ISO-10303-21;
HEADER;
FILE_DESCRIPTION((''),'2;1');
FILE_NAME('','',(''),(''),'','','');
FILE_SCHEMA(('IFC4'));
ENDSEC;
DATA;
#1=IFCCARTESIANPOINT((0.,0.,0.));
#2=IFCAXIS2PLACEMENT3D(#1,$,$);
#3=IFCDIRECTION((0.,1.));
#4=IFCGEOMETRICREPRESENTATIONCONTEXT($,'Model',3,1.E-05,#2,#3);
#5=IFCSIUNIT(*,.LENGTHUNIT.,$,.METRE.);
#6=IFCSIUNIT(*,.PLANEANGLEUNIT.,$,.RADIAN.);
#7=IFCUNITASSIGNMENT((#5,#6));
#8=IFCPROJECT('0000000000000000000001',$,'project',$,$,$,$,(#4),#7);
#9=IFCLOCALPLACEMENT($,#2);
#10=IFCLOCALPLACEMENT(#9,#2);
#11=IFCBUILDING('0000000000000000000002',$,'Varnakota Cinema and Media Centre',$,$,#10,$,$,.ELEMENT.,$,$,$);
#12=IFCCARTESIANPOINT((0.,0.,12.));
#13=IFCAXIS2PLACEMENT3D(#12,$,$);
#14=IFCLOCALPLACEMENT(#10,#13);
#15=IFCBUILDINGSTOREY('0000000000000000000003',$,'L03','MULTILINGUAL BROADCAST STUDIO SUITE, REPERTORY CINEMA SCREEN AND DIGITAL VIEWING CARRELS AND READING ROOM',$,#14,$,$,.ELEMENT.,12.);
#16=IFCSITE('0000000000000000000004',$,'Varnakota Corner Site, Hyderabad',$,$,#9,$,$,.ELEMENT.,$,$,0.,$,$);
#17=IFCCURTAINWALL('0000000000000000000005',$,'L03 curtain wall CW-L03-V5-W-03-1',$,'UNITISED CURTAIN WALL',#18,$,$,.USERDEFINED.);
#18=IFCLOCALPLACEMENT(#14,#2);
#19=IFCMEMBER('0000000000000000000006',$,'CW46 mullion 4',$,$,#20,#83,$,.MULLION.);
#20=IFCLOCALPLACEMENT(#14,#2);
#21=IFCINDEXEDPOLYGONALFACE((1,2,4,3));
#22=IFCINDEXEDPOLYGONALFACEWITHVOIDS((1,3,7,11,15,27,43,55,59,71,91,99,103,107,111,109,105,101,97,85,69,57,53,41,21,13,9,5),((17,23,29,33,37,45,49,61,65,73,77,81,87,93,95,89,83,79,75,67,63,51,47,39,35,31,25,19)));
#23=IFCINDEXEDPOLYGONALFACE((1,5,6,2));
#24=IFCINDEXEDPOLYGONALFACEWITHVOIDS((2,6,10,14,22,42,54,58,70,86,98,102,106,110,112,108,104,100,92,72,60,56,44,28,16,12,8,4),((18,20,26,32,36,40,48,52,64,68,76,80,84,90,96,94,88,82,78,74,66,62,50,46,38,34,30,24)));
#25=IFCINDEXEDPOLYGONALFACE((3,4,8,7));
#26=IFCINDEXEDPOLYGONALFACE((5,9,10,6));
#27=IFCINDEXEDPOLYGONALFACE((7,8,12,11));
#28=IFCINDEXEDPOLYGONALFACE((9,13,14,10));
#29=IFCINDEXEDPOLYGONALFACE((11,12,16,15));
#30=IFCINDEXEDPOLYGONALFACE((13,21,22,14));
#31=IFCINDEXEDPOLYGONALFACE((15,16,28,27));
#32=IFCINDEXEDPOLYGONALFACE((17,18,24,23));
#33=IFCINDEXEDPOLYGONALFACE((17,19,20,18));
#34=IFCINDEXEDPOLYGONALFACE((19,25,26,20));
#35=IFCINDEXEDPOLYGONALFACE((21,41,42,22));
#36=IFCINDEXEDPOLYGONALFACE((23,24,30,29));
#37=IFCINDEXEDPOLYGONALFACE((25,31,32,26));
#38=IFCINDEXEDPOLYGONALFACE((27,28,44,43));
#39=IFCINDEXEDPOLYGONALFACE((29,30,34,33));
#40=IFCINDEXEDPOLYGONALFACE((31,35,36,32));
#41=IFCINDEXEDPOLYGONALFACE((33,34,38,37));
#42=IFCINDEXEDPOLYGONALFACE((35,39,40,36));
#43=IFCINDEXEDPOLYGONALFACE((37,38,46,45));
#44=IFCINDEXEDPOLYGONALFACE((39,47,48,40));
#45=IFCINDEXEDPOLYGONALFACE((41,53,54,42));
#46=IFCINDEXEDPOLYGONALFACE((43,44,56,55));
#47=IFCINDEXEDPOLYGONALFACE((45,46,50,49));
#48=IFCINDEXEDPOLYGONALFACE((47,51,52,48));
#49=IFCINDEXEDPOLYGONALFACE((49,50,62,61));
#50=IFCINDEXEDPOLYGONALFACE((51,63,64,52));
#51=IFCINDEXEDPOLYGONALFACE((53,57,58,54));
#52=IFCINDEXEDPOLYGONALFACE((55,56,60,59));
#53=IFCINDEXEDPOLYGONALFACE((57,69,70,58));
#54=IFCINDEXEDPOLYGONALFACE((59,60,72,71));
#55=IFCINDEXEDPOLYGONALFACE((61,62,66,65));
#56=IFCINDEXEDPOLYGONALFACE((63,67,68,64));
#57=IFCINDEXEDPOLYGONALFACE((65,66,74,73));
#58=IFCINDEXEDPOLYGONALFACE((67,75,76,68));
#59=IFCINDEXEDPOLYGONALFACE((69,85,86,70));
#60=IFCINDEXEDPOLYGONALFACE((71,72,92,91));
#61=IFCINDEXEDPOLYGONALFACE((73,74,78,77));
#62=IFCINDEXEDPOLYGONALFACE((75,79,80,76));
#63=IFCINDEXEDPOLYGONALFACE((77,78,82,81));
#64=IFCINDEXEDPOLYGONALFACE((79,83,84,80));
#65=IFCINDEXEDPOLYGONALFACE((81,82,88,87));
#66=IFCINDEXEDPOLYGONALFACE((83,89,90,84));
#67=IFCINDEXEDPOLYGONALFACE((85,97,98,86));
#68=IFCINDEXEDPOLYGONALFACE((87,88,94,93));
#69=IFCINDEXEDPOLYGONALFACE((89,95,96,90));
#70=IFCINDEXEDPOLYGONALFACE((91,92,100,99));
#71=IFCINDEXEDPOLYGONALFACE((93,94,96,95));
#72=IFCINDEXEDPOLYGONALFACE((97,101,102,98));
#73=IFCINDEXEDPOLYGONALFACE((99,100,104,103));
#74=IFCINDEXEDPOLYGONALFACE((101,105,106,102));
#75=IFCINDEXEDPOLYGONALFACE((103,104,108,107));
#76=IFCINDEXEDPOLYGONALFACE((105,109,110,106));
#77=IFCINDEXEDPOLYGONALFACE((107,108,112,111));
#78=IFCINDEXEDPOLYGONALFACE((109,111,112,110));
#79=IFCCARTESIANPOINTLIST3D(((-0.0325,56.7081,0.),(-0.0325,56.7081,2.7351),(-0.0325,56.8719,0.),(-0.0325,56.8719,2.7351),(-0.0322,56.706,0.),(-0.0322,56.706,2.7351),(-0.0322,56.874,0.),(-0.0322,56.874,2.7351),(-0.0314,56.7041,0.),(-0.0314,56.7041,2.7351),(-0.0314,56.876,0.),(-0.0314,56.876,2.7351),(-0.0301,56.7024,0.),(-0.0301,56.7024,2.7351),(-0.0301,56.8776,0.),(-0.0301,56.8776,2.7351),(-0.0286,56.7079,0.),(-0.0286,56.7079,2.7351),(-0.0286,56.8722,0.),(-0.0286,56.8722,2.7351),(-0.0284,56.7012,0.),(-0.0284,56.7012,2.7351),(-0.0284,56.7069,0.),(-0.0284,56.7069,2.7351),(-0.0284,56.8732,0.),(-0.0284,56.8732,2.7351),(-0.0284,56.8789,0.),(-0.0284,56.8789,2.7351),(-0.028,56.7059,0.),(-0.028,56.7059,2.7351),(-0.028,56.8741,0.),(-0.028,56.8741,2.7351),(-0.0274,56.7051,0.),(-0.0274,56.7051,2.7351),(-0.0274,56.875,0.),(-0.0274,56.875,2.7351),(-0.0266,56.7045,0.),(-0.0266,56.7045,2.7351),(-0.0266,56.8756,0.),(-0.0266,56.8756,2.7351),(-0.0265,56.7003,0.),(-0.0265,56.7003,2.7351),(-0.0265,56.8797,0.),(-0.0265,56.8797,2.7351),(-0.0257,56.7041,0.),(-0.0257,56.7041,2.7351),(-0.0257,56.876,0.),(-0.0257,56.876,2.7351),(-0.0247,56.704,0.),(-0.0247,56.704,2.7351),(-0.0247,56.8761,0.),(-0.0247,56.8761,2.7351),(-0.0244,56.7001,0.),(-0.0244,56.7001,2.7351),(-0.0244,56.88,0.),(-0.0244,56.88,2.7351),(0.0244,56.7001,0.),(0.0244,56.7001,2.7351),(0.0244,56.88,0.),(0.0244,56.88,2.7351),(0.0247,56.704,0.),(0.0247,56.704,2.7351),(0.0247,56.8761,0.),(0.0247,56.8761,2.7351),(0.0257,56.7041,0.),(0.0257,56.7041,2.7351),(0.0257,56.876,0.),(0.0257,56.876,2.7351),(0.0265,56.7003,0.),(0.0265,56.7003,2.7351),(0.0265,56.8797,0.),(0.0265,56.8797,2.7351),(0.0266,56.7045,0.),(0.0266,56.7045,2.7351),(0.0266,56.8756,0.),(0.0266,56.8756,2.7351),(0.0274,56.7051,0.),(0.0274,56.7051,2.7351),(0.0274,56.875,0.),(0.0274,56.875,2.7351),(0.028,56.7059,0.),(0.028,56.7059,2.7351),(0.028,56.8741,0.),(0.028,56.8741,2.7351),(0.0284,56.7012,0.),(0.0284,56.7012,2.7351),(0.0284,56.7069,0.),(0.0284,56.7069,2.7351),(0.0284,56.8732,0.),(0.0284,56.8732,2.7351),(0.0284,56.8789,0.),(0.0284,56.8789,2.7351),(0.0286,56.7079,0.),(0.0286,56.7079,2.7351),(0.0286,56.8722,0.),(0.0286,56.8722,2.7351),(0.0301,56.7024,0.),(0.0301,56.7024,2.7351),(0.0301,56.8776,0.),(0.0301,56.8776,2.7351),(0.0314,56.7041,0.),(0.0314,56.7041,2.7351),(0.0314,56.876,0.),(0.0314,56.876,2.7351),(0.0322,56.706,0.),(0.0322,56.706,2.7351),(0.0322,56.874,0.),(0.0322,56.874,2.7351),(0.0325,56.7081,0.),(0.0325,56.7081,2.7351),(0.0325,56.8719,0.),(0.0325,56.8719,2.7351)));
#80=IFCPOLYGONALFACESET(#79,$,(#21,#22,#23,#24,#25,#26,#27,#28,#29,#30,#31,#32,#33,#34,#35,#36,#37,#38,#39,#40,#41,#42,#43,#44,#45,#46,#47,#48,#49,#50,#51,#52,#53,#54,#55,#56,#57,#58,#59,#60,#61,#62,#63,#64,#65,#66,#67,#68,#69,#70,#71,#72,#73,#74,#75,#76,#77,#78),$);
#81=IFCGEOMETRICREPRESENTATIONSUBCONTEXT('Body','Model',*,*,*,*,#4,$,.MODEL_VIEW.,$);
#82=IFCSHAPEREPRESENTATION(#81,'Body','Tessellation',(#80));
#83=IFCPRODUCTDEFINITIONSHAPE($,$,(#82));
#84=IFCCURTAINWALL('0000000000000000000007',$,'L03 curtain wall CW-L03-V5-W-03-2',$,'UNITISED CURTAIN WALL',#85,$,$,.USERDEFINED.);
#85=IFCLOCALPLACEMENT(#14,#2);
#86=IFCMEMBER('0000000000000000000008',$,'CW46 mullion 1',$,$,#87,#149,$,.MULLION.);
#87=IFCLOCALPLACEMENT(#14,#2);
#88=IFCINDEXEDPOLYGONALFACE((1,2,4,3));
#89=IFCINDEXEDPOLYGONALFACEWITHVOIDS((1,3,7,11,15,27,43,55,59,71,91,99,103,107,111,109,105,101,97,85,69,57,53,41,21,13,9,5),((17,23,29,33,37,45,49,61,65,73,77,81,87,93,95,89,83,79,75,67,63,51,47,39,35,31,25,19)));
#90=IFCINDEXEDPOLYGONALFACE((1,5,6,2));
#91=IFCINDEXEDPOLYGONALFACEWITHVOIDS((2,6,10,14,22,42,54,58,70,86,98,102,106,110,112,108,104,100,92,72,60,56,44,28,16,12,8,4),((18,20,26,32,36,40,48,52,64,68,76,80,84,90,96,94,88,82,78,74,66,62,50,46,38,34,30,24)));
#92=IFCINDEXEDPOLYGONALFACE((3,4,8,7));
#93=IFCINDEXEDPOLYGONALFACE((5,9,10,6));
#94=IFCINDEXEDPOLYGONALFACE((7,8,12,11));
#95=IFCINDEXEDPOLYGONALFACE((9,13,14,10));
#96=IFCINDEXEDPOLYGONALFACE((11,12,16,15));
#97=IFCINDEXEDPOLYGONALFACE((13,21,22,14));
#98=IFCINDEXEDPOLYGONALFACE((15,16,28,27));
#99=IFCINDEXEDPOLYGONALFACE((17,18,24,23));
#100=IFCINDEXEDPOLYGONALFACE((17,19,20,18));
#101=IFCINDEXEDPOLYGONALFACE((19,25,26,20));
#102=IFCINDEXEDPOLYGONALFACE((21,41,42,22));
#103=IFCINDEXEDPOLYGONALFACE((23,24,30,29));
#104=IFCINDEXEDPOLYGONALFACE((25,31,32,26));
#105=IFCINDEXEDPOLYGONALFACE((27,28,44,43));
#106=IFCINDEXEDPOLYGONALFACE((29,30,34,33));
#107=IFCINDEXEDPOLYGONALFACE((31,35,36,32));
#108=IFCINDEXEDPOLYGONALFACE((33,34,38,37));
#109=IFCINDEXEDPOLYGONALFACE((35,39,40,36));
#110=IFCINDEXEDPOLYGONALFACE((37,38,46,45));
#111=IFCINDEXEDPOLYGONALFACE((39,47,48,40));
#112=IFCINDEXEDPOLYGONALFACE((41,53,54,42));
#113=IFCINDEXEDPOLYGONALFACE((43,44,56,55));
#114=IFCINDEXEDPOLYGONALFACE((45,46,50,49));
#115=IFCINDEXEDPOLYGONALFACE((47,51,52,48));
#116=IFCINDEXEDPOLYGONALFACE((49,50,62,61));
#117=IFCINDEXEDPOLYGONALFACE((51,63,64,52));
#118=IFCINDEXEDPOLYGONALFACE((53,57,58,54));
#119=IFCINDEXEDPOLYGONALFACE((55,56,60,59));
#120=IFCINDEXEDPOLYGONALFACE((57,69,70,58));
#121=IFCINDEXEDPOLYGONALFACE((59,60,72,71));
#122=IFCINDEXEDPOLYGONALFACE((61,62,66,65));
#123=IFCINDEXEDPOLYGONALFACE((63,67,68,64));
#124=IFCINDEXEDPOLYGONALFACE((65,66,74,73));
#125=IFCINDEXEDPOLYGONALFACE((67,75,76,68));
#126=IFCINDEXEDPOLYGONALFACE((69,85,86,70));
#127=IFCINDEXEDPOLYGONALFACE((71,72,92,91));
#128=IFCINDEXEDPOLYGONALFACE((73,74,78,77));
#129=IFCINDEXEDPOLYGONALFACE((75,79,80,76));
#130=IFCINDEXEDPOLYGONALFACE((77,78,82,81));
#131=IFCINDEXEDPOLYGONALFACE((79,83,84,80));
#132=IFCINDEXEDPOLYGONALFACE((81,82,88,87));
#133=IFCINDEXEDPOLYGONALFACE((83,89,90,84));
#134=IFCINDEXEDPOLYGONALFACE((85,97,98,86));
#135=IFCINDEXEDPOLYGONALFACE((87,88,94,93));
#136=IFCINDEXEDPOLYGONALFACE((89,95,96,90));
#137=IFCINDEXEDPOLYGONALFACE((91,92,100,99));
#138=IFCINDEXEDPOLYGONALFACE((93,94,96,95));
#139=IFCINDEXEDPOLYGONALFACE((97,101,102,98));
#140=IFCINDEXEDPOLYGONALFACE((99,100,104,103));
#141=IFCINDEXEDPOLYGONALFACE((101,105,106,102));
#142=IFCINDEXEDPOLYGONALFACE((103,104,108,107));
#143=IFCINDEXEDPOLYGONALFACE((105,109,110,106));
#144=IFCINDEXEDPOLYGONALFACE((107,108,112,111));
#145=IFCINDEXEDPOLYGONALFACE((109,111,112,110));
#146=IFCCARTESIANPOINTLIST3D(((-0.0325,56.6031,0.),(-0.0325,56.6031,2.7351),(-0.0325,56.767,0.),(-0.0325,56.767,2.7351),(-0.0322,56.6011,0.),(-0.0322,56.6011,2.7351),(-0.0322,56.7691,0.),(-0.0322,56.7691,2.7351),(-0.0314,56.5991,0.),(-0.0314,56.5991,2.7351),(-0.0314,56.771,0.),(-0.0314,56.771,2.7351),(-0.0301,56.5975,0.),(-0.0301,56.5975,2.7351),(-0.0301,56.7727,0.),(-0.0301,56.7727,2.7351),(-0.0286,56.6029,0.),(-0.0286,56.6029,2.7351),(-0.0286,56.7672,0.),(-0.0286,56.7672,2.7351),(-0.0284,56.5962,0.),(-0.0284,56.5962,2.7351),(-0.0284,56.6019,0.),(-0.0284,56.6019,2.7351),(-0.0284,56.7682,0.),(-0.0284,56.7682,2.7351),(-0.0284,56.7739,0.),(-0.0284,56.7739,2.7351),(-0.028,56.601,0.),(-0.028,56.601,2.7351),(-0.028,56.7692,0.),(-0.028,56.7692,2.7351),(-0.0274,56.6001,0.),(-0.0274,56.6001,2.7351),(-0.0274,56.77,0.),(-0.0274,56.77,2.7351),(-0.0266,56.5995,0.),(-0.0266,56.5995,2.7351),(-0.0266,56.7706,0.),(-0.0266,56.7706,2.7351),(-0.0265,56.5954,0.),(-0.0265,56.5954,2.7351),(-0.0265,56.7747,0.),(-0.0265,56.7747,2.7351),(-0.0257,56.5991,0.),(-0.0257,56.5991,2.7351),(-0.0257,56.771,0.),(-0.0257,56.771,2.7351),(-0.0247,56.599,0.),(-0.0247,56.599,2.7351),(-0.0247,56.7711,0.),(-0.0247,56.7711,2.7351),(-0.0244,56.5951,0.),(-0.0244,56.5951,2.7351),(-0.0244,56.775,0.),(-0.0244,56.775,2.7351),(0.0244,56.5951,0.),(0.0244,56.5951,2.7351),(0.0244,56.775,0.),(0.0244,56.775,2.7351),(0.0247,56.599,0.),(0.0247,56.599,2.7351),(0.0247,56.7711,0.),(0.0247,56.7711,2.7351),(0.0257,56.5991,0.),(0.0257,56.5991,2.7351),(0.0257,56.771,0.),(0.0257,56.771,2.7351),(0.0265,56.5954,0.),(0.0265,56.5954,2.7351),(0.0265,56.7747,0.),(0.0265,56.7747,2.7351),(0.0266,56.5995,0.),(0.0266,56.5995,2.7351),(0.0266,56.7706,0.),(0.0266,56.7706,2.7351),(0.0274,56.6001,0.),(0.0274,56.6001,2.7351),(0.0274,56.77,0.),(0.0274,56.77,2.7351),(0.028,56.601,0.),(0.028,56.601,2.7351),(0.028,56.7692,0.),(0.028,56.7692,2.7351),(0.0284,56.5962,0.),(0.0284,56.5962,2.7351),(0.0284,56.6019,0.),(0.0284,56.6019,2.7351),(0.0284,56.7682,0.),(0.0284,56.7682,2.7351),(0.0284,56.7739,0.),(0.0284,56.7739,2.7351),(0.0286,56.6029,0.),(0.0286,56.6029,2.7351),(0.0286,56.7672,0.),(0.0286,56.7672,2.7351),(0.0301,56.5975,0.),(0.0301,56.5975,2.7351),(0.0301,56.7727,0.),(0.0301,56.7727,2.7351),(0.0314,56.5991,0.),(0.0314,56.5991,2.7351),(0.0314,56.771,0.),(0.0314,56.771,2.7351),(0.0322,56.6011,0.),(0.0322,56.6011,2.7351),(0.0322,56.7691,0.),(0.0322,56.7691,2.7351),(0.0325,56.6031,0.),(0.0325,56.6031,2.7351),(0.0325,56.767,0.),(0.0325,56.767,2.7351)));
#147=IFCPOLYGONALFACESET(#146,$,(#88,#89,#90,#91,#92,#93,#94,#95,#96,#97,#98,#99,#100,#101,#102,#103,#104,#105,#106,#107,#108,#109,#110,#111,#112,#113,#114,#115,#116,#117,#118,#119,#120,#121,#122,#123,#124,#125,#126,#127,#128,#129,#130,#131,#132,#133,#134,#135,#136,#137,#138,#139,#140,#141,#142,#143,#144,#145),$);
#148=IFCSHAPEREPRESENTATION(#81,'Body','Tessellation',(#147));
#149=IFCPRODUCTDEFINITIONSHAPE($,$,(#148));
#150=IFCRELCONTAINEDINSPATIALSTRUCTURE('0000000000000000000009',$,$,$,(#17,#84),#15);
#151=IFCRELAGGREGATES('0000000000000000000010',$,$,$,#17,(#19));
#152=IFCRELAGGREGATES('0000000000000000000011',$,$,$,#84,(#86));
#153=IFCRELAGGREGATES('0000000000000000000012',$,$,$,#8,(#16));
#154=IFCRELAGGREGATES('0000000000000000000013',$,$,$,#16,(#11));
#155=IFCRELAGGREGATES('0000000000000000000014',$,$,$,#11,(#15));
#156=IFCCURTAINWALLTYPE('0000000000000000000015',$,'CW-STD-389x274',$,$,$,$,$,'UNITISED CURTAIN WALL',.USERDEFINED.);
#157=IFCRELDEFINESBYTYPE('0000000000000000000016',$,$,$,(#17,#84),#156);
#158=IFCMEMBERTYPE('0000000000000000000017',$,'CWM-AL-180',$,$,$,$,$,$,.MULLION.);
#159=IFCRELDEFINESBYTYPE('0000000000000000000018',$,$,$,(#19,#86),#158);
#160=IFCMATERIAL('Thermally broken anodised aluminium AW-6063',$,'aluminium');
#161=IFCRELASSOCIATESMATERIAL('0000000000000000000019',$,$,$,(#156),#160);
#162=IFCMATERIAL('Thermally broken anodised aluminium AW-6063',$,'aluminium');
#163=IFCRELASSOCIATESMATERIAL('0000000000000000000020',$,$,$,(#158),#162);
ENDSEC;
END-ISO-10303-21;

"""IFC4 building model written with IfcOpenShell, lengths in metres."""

from ifc_helpers import new_model, si_unit, direction, frame, origin, origin_2d, place, context, subcontext, project, spatial, hollow_rectangle, extrude, material, material_profile, profile_set, type_object, element, aggregate, save


model = new_model("IFC4")

# Units and contexts
model_context = context("Model", 3, precision=1e-05, world=origin(), true_north=direction((0.0, 1.0)))
body_context = subcontext(model_context, "Body", "Model", "MODEL_VIEW")
ifc_project = project(units=[si_unit("LENGTHUNIT", "METRE"), si_unit("PLANEANGLEUNIT", "RADIAN")], contexts=[model_context])

# Site, building, storey
site_placement = place(None, origin())
site = spatial("IfcSite", under=ifc_project, at=site_placement, Name="Varnakota Corner Site, Hyderabad", CompositionType="ELEMENT", RefElevation=0.0)
building_placement = place(site_placement, origin())
building = spatial("IfcBuilding", under=site, at=building_placement, Name="Varnakota Cinema and Media Centre", CompositionType="ELEMENT")
storey_placement = place(building_placement, frame((0.0, 0.0, 12.0)))
storey = spatial("IfcBuildingStorey", under=building, at=storey_placement, Name="L03", Description="MULTILINGUAL BROADCAST STUDIO SUITE, REPERTORY CINEMA SCREEN AND DIGITAL VIEWING CARRELS AND READING ROOM", CompositionType="ELEMENT", Elevation=12.0)

# Curtain wall, member
ifc_material_1 = material(Name="Thermally broken anodised aluminium AW-6063", Category="aluminium")
curtain_wall_type = type_object("IfcCurtainWallType", Name="CW-STD-389x274", ElementType="UNITISED CURTAIN WALL", PredefinedType="USERDEFINED", material=ifc_material_1)
curtain_wall_1_placement = place(storey_placement, origin())
curtain_wall_1 = element("IfcCurtainWall", 1, at=curtain_wall_1_placement, inside=storey, type_object=curtain_wall_type, Name="L03 curtain wall CW-L03-V5-W-03-1", ObjectType="UNITISED CURTAIN WALL", PredefinedType="USERDEFINED")
ifc_material_2 = material(Name="Thermally broken anodised aluminium AW-6063", Category="aluminium")
ifc_material_profile_1 = material_profile(ifc_material_2, hollow_rectangle(XDim=0.0649, YDim=0.1799, WallThickness=0.0039, InnerFilletRadius=0.0039, OuterFilletRadius=0.0081, at=origin_2d()), Name="AL-MULLION 180x65x4")
ifc_profile_set_1 = profile_set([ifc_material_profile_1], Name="Thermally broken anodised aluminium AW-6063")
member_type_1 = type_object("IfcMemberType", Name="CWM-AL-180", PredefinedType="MULLION", material=ifc_profile_set_1)
member_1_placement = place(storey_placement, frame((0.0, 56.79, 0.0), z_axis=(0.0, 0.0, 1.0), x_axis=(1.0, 0.0, 0.0)))
member_1 = element("IfcMember", 2, at=member_1_placement, type_object=member_type_1, Name="CW46 mullion 4", PredefinedType="MULLION", context=body_context, shape_type="SweptSolid", body=[
    extrude(hollow_rectangle(XDim=0.0649, YDim=0.1799, WallThickness=0.0039, InnerFilletRadius=0.0039, OuterFilletRadius=0.0081, at=origin_2d()), origin(), (0.0, 0.0, 1.0), 2.7351),
])

# Curtain wall, member
curtain_wall_2_placement = place(storey_placement, origin())
curtain_wall_2 = element("IfcCurtainWall", 3, at=curtain_wall_2_placement, inside=storey, type_object=curtain_wall_type, Name="L03 curtain wall CW-L03-V5-W-03-2", ObjectType="UNITISED CURTAIN WALL", PredefinedType="USERDEFINED")
member_2_placement = place(storey_placement, frame((0.0, 56.6851, 0.0), z_axis=(0.0, 0.0, 1.0), x_axis=(1.0, 0.0, 0.0)))
member_2 = element("IfcMember", 4, at=member_2_placement, type_object=member_type_1, Name="CW46 mullion 1", PredefinedType="MULLION", context=body_context, shape_type="SweptSolid", body=[
    extrude(hollow_rectangle(XDim=0.0649, YDim=0.1799, WallThickness=0.0039, InnerFilletRadius=0.0039, OuterFilletRadius=0.0081, at=origin_2d()), origin(), (0.0, 0.0, 1.0), 2.7351),
])

aggregate(curtain_wall_1, [member_1])
aggregate(curtain_wall_2, [member_2])

save(model, "model.ifc")
